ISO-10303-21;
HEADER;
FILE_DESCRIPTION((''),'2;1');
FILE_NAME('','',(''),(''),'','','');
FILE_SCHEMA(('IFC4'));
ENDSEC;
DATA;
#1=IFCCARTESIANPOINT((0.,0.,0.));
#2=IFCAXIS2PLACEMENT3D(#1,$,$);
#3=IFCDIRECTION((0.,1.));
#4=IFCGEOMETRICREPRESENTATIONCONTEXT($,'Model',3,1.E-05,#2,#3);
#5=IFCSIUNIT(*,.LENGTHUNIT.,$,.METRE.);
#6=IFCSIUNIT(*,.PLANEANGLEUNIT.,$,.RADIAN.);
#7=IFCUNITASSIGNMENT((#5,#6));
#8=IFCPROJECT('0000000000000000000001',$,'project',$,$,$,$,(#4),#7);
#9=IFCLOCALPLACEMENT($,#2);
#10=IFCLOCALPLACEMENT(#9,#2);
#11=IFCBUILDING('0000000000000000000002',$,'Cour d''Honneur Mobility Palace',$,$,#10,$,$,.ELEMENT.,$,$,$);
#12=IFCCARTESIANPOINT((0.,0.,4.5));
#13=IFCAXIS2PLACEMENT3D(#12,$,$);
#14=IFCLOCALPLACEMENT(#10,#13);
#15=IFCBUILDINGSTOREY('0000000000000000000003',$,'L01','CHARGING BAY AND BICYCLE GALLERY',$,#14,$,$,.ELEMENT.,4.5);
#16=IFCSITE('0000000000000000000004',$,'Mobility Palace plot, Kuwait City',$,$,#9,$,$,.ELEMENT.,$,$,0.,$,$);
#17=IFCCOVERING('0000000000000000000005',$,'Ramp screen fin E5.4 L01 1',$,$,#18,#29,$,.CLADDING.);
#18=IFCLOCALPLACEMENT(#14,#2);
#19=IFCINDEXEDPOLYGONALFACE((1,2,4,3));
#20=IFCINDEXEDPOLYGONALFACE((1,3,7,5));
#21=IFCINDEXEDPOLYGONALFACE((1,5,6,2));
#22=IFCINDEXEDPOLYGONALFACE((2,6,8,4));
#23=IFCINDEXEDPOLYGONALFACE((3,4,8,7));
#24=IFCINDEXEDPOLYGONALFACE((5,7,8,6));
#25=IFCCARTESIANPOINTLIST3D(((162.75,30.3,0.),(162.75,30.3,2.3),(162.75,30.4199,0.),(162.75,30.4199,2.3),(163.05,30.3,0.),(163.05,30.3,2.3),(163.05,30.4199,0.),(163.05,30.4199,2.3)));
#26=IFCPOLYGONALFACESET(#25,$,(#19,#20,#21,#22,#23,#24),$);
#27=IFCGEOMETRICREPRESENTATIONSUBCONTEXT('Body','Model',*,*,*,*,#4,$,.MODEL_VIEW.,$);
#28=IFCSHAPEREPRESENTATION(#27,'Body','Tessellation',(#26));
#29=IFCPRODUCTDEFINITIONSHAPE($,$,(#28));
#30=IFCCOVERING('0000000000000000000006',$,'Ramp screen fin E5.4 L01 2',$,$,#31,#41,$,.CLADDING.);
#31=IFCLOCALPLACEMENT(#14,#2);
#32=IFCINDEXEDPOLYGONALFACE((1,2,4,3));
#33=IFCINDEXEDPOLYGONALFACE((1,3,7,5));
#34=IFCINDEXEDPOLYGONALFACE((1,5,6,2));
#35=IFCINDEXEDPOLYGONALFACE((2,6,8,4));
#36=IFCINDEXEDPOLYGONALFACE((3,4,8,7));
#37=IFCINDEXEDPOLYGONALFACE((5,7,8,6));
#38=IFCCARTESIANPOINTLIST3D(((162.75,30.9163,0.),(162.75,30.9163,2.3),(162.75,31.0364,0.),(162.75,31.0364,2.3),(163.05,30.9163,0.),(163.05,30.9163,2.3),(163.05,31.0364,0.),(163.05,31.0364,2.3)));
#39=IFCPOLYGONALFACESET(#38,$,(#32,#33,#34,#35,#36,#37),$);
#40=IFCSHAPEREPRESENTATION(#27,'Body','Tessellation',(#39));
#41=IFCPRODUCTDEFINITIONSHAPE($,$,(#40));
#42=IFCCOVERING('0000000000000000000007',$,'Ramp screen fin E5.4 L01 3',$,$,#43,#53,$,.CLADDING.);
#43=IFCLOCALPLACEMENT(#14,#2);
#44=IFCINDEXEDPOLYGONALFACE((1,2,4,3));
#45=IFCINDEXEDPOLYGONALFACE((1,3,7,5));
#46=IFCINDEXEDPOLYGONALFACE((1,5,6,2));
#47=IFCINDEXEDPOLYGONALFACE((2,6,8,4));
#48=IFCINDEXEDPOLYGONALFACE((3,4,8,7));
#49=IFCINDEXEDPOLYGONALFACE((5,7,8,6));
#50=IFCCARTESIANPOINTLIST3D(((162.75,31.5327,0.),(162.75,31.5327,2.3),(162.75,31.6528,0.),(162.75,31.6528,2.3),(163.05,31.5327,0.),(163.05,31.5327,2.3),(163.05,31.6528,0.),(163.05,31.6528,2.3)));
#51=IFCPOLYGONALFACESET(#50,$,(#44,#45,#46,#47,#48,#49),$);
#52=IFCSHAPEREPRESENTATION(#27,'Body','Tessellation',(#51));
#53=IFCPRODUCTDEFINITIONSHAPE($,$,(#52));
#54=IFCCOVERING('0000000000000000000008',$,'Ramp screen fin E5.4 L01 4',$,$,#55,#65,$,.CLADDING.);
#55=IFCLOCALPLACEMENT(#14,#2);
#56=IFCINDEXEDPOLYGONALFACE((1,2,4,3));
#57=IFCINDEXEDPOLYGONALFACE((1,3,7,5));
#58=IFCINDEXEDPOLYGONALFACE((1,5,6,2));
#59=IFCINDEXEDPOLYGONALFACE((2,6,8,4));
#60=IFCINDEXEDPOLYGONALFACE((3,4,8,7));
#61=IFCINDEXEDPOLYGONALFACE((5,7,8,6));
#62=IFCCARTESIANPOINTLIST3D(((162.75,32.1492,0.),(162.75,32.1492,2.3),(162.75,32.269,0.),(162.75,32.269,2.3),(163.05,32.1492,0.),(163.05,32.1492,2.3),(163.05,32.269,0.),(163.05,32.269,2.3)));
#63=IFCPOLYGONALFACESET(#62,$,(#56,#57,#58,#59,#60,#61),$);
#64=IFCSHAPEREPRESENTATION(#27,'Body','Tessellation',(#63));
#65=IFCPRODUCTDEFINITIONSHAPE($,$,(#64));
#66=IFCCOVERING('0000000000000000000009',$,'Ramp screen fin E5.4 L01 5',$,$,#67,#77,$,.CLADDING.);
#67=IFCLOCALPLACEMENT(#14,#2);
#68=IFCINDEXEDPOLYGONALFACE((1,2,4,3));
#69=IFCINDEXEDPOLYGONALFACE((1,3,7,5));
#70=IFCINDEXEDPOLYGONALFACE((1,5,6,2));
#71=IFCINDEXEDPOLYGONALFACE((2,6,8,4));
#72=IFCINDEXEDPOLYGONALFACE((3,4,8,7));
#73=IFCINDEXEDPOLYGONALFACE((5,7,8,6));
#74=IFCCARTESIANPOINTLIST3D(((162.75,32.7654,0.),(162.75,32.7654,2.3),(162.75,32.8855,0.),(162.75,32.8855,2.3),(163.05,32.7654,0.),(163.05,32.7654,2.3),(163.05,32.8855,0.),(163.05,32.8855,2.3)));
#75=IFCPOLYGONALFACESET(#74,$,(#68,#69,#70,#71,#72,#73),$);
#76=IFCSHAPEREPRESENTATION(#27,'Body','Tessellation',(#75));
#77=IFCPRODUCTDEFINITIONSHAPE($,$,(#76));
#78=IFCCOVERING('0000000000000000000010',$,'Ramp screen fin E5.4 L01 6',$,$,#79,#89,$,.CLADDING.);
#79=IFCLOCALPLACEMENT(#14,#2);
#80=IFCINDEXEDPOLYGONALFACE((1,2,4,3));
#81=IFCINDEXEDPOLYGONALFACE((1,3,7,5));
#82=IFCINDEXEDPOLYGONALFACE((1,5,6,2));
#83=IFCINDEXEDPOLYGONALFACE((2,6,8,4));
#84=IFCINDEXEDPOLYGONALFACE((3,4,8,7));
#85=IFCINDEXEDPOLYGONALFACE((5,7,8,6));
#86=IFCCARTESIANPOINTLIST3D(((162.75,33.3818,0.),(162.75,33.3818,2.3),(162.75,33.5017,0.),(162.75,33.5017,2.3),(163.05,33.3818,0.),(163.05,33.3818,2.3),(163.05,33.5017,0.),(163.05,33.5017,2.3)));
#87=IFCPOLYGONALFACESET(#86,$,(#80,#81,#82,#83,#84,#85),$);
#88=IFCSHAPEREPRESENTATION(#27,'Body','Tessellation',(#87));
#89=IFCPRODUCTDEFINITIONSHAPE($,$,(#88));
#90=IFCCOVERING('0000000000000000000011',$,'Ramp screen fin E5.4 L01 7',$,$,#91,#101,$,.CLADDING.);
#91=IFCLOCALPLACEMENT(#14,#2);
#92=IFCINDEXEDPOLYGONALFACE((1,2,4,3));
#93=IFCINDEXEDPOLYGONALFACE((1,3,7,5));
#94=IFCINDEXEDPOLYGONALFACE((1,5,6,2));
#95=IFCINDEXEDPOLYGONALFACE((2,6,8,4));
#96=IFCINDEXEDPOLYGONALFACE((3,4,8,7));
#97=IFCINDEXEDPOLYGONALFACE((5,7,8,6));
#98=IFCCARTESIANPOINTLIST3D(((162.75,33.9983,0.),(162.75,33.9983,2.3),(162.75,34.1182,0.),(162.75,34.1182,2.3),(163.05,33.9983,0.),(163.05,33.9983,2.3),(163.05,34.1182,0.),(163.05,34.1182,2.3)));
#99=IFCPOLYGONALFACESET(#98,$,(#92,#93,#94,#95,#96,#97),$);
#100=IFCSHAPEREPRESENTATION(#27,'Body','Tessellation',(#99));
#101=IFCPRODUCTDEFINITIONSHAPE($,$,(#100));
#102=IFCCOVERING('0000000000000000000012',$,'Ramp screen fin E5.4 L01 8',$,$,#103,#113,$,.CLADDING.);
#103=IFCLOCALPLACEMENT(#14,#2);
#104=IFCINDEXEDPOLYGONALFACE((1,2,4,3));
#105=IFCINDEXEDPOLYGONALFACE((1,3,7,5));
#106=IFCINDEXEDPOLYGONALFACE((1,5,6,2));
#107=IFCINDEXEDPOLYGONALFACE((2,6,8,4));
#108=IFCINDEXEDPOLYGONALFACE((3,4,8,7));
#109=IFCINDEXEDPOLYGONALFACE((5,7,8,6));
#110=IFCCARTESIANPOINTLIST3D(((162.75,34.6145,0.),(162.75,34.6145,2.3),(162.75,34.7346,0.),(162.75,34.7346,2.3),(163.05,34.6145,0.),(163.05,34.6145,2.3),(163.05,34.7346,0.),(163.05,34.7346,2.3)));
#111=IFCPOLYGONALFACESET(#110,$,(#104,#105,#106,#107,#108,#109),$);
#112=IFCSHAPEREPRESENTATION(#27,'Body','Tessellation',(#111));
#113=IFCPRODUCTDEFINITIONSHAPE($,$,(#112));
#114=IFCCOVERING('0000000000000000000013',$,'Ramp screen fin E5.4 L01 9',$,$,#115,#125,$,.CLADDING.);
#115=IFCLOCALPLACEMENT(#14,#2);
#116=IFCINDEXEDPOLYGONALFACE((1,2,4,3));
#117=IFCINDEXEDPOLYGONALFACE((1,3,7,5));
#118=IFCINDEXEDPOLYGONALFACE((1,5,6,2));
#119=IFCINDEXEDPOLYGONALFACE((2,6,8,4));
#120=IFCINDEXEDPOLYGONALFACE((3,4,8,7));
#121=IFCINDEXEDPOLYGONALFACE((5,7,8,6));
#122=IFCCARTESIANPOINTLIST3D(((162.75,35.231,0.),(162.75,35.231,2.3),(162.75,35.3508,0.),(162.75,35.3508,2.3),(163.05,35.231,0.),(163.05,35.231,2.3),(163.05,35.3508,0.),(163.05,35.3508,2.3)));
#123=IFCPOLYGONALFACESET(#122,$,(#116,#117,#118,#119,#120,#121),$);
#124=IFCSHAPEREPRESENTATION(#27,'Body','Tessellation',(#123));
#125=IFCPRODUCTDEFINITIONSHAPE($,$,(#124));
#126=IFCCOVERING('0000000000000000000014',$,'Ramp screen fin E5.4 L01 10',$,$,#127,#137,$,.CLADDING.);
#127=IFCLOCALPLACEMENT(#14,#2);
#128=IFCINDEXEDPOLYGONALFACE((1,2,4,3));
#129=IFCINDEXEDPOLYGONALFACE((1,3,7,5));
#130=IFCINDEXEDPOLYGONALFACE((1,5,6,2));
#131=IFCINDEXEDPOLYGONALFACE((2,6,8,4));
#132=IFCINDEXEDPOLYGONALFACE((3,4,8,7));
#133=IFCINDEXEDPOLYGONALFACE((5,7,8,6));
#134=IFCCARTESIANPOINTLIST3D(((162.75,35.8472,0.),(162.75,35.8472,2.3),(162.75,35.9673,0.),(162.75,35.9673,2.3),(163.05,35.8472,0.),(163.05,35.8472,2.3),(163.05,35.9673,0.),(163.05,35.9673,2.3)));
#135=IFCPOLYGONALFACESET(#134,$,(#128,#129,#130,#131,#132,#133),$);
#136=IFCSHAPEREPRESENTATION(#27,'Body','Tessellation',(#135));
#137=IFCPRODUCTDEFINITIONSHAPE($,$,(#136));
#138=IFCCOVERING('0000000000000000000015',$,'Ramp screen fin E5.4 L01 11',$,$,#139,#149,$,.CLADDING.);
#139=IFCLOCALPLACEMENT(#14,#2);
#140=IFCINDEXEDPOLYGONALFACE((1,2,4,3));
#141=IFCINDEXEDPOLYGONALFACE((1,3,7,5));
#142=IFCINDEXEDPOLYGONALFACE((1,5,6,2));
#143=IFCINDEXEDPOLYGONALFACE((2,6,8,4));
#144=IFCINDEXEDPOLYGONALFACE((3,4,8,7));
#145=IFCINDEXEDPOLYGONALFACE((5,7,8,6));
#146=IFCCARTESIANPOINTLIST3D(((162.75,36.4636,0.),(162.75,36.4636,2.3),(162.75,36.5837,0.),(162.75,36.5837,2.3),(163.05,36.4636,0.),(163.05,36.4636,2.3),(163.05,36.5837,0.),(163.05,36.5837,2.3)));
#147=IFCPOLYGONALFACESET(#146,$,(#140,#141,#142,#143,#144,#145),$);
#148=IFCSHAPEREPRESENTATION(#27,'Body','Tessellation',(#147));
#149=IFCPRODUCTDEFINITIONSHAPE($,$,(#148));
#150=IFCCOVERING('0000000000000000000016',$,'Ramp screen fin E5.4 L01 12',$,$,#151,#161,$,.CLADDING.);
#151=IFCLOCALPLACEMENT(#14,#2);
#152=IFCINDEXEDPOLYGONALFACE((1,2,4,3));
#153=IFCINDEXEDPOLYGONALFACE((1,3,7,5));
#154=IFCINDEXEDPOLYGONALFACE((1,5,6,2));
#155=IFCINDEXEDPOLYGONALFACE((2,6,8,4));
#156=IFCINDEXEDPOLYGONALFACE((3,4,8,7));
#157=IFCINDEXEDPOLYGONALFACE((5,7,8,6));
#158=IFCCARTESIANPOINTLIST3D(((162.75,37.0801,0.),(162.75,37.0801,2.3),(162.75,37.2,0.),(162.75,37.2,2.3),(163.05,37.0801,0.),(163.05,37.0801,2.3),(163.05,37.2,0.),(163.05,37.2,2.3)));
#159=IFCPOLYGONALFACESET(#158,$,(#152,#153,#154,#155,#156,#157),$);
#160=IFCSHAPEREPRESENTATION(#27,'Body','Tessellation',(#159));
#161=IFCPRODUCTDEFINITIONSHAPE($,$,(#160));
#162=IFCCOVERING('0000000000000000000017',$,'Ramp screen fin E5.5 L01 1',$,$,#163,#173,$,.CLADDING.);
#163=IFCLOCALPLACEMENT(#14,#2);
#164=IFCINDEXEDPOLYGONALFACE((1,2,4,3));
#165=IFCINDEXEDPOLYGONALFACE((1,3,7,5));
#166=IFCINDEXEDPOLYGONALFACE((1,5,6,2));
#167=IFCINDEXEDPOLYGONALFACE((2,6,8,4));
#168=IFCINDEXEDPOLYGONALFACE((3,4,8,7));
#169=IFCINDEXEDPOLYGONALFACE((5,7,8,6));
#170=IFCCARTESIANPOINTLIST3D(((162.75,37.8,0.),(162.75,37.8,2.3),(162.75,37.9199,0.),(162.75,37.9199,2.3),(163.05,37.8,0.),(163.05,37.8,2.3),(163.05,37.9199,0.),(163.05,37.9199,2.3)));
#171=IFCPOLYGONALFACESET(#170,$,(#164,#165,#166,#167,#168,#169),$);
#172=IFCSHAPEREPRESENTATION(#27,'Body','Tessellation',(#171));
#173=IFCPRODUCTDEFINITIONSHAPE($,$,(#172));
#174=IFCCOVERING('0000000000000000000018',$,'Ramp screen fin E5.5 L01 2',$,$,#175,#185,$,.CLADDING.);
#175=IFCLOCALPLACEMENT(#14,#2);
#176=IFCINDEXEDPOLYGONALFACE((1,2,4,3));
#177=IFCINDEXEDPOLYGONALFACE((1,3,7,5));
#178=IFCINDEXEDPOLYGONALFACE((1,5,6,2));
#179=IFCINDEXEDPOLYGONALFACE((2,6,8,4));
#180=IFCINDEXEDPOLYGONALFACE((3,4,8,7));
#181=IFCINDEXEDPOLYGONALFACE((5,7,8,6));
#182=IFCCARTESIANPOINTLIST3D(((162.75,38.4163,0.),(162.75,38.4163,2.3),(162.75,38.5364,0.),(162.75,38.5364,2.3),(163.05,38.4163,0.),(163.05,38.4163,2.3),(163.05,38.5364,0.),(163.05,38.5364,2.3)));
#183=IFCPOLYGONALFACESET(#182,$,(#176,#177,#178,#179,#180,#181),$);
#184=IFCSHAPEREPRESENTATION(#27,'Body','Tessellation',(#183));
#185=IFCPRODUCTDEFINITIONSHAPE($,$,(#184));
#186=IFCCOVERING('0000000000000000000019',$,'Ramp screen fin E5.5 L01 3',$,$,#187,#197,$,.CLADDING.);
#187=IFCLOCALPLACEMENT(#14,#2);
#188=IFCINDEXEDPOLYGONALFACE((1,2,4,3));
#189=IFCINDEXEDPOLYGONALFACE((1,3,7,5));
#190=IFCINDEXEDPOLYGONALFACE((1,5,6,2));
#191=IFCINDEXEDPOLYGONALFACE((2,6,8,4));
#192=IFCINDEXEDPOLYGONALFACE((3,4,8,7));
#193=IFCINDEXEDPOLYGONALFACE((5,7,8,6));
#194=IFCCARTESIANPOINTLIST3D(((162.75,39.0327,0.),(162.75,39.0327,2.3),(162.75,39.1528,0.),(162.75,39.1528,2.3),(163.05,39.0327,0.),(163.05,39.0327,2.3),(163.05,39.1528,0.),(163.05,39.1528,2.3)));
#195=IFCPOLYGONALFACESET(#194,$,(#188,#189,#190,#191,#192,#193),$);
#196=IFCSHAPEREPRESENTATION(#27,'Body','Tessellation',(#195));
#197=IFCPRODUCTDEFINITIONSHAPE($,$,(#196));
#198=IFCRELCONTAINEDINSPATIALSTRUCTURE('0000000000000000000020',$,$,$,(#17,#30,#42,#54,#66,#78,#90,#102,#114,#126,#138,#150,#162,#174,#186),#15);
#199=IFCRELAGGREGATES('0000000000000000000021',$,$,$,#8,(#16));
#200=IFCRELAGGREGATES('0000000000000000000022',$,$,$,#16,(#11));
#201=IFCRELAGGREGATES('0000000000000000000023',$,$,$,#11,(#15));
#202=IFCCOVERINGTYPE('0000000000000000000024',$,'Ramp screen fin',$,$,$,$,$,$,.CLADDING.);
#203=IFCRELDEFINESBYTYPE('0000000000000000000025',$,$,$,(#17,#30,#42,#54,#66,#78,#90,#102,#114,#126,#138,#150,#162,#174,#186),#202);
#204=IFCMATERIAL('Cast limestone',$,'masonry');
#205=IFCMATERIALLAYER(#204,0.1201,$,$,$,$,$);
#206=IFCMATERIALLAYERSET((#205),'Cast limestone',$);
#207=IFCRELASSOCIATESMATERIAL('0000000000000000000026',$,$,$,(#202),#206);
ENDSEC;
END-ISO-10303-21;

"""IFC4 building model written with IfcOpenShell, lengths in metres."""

from ifc_helpers import new_model, si_unit, direction, frame, origin, place, context, subcontext, project, spatial, polyline, outline, extrude, material, layer, layer_set, type_object, element, save


model = new_model("IFC4")

# Units and contexts
model_context = context("Model", 3, precision=1e-05, world=origin(), true_north=direction((0.0, 1.0)))
body_context = subcontext(model_context, "Body", "Model", "MODEL_VIEW")
ifc_project = project(units=[si_unit("LENGTHUNIT", "METRE"), si_unit("PLANEANGLEUNIT", "RADIAN")], contexts=[model_context])

# Site, building, storey
site_placement = place(None, origin())
site = spatial("IfcSite", under=ifc_project, at=site_placement, Name="Mobility Palace plot, Kuwait City", CompositionType="ELEMENT", RefElevation=0.0)
building_placement = place(site_placement, origin())
building = spatial("IfcBuilding", under=site, at=building_placement, Name="Cour d'Honneur Mobility Palace", CompositionType="ELEMENT")
storey_placement = place(building_placement, frame((0.0, 0.0, 4.5)))
storey = spatial("IfcBuildingStorey", under=building, at=storey_placement, Name="L01", Description="CHARGING BAY AND BICYCLE GALLERY", CompositionType="ELEMENT", Elevation=4.5)

# Coverings
ifc_material = material(Name="Cast limestone", Category="masonry")
ifc_layer = layer(ifc_material, 0.1201)
ifc_layer_set = layer_set([ifc_layer], Name="Cast limestone")
covering_type = type_object("IfcCoveringType", Name="Ramp screen fin", PredefinedType="CLADDING", material=ifc_layer_set)
covering_1_placement = place(storey_placement, origin())
element("IfcCovering", 1, at=covering_1_placement, inside=storey, type_object=covering_type, Name="Ramp screen fin E5.4 L01 1", PredefinedType="CLADDING", context=body_context, shape_type="SweptSolid", body=[
    extrude(outline(polyline([(162.75, 30.3), (162.75, 30.4199), (163.05, 30.4199), (163.05, 30.3), (162.75, 30.3)])), origin(), (0.0, 0.0, 1.0), 2.3),
])
covering_2_placement = place(storey_placement, origin())
element("IfcCovering", 2, at=covering_2_placement, inside=storey, type_object=covering_type, Name="Ramp screen fin E5.4 L01 2", PredefinedType="CLADDING", context=body_context, shape_type="SweptSolid", body=[
    extrude(outline(polyline([(162.75, 30.9163), (162.75, 31.0364), (163.05, 31.0364), (163.05, 30.9163), (162.75, 30.9163)])), origin(), (0.0, 0.0, 1.0), 2.3),
])
covering_3_placement = place(storey_placement, origin())
element("IfcCovering", 3, at=covering_3_placement, inside=storey, type_object=covering_type, Name="Ramp screen fin E5.4 L01 3", PredefinedType="CLADDING", context=body_context, shape_type="SweptSolid", body=[
    extrude(outline(polyline([(162.75, 31.5327), (162.75, 31.6528), (163.05, 31.6528), (163.05, 31.5327), (162.75, 31.5327)])), origin(), (0.0, 0.0, 1.0), 2.3),
])
covering_4_placement = place(storey_placement, origin())
element("IfcCovering", 4, at=covering_4_placement, inside=storey, type_object=covering_type, Name="Ramp screen fin E5.4 L01 4", PredefinedType="CLADDING", context=body_context, shape_type="SweptSolid", body=[
    extrude(outline(polyline([(162.75, 32.1492), (162.75, 32.269), (163.05, 32.269), (163.05, 32.1492), (162.75, 32.1492)])), origin(), (0.0, 0.0, 1.0), 2.3),
])
covering_5_placement = place(storey_placement, origin())
element("IfcCovering", 5, at=covering_5_placement, inside=storey, type_object=covering_type, Name="Ramp screen fin E5.4 L01 5", PredefinedType="CLADDING", context=body_context, shape_type="SweptSolid", body=[
    extrude(outline(polyline([(162.75, 32.7654), (162.75, 32.8855), (163.05, 32.8855), (163.05, 32.7654), (162.75, 32.7654)])), origin(), (0.0, 0.0, 1.0), 2.3),
])
covering_6_placement = place(storey_placement, origin())
element("IfcCovering", 6, at=covering_6_placement, inside=storey, type_object=covering_type, Name="Ramp screen fin E5.4 L01 6", PredefinedType="CLADDING", context=body_context, shape_type="SweptSolid", body=[
    extrude(outline(polyline([(162.75, 33.3818), (162.75, 33.5017), (163.05, 33.5017), (163.05, 33.3818), (162.75, 33.3818)])), origin(), (0.0, 0.0, 1.0), 2.3),
])
covering_7_placement = place(storey_placement, origin())
element("IfcCovering", 7, at=covering_7_placement, inside=storey, type_object=covering_type, Name="Ramp screen fin E5.4 L01 7", PredefinedType="CLADDING", context=body_context, shape_type="SweptSolid", body=[
    extrude(outline(polyline([(162.75, 33.9983), (162.75, 34.1182), (163.05, 34.1182), (163.05, 33.9983), (162.75, 33.9983)])), origin(), (0.0, 0.0, 1.0), 2.3),
])
covering_8_placement = place(storey_placement, origin())
element("IfcCovering", 8, at=covering_8_placement, inside=storey, type_object=covering_type, Name="Ramp screen fin E5.4 L01 8", PredefinedType="CLADDING", context=body_context, shape_type="SweptSolid", body=[
    extrude(outline(polyline([(162.75, 34.6145), (162.75, 34.7346), (163.05, 34.7346), (163.05, 34.6145), (162.75, 34.6145)])), origin(), (0.0, 0.0, 1.0), 2.3),
])
covering_9_placement = place(storey_placement, origin())
element("IfcCovering", 9, at=covering_9_placement, inside=storey, type_object=covering_type, Name="Ramp screen fin E5.4 L01 9", PredefinedType="CLADDING", context=body_context, shape_type="SweptSolid", body=[
    extrude(outline(polyline([(162.75, 35.231), (162.75, 35.3508), (163.05, 35.3508), (163.05, 35.231), (162.75, 35.231)])), origin(), (0.0, 0.0, 1.0), 2.3),
])
covering_10_placement = place(storey_placement, origin())
element("IfcCovering", 10, at=covering_10_placement, inside=storey, type_object=covering_type, Name="Ramp screen fin E5.4 L01 10", PredefinedType="CLADDING", context=body_context, shape_type="SweptSolid", body=[
    extrude(outline(polyline([(162.75, 35.8472), (162.75, 35.9673), (163.05, 35.9673), (163.05, 35.8472), (162.75, 35.8472)])), origin(), (0.0, 0.0, 1.0), 2.3),
])
covering_11_placement = place(storey_placement, origin())
element("IfcCovering", 11, at=covering_11_placement, inside=storey, type_object=covering_type, Name="Ramp screen fin E5.4 L01 11", PredefinedType="CLADDING", context=body_context, shape_type="SweptSolid", body=[
    extrude(outline(polyline([(162.75, 36.4636), (162.75, 36.5837), (163.05, 36.5837), (163.05, 36.4636), (162.75, 36.4636)])), origin(), (0.0, 0.0, 1.0), 2.3),
])
covering_12_placement = place(storey_placement, origin())
element("IfcCovering", 12, at=covering_12_placement, inside=storey, type_object=covering_type, Name="Ramp screen fin E5.4 L01 12", PredefinedType="CLADDING", context=body_context, shape_type="SweptSolid", body=[
    extrude(outline(polyline([(162.75, 37.0801), (162.75, 37.2), (163.05, 37.2), (163.05, 37.0801), (162.75, 37.0801)])), origin(), (0.0, 0.0, 1.0), 2.3),
])
covering_13_placement = place(storey_placement, origin())
element("IfcCovering", 13, at=covering_13_placement, inside=storey, type_object=covering_type, Name="Ramp screen fin E5.5 L01 1", PredefinedType="CLADDING", context=body_context, shape_type="SweptSolid", body=[
    extrude(outline(polyline([(162.75, 37.8), (162.75, 37.9199), (163.05, 37.9199), (163.05, 37.8), (162.75, 37.8)])), origin(), (0.0, 0.0, 1.0), 2.3),
])
covering_14_placement = place(storey_placement, origin())
element("IfcCovering", 14, at=covering_14_placement, inside=storey, type_object=covering_type, Name="Ramp screen fin E5.5 L01 2", PredefinedType="CLADDING", context=body_context, shape_type="SweptSolid", body=[
    extrude(outline(polyline([(162.75, 38.4163), (162.75, 38.5364), (163.05, 38.5364), (163.05, 38.4163), (162.75, 38.4163)])), origin(), (0.0, 0.0, 1.0), 2.3),
])
covering_15_placement = place(storey_placement, origin())
element("IfcCovering", 15, at=covering_15_placement, inside=storey, type_object=covering_type, Name="Ramp screen fin E5.5 L01 3", PredefinedType="CLADDING", context=body_context, shape_type="SweptSolid", body=[
    extrude(outline(polyline([(162.75, 39.0327), (162.75, 39.1528), (163.05, 39.1528), (163.05, 39.0327), (162.75, 39.0327)])), origin(), (0.0, 0.0, 1.0), 2.3),
])

save(model, "model.ifc")
